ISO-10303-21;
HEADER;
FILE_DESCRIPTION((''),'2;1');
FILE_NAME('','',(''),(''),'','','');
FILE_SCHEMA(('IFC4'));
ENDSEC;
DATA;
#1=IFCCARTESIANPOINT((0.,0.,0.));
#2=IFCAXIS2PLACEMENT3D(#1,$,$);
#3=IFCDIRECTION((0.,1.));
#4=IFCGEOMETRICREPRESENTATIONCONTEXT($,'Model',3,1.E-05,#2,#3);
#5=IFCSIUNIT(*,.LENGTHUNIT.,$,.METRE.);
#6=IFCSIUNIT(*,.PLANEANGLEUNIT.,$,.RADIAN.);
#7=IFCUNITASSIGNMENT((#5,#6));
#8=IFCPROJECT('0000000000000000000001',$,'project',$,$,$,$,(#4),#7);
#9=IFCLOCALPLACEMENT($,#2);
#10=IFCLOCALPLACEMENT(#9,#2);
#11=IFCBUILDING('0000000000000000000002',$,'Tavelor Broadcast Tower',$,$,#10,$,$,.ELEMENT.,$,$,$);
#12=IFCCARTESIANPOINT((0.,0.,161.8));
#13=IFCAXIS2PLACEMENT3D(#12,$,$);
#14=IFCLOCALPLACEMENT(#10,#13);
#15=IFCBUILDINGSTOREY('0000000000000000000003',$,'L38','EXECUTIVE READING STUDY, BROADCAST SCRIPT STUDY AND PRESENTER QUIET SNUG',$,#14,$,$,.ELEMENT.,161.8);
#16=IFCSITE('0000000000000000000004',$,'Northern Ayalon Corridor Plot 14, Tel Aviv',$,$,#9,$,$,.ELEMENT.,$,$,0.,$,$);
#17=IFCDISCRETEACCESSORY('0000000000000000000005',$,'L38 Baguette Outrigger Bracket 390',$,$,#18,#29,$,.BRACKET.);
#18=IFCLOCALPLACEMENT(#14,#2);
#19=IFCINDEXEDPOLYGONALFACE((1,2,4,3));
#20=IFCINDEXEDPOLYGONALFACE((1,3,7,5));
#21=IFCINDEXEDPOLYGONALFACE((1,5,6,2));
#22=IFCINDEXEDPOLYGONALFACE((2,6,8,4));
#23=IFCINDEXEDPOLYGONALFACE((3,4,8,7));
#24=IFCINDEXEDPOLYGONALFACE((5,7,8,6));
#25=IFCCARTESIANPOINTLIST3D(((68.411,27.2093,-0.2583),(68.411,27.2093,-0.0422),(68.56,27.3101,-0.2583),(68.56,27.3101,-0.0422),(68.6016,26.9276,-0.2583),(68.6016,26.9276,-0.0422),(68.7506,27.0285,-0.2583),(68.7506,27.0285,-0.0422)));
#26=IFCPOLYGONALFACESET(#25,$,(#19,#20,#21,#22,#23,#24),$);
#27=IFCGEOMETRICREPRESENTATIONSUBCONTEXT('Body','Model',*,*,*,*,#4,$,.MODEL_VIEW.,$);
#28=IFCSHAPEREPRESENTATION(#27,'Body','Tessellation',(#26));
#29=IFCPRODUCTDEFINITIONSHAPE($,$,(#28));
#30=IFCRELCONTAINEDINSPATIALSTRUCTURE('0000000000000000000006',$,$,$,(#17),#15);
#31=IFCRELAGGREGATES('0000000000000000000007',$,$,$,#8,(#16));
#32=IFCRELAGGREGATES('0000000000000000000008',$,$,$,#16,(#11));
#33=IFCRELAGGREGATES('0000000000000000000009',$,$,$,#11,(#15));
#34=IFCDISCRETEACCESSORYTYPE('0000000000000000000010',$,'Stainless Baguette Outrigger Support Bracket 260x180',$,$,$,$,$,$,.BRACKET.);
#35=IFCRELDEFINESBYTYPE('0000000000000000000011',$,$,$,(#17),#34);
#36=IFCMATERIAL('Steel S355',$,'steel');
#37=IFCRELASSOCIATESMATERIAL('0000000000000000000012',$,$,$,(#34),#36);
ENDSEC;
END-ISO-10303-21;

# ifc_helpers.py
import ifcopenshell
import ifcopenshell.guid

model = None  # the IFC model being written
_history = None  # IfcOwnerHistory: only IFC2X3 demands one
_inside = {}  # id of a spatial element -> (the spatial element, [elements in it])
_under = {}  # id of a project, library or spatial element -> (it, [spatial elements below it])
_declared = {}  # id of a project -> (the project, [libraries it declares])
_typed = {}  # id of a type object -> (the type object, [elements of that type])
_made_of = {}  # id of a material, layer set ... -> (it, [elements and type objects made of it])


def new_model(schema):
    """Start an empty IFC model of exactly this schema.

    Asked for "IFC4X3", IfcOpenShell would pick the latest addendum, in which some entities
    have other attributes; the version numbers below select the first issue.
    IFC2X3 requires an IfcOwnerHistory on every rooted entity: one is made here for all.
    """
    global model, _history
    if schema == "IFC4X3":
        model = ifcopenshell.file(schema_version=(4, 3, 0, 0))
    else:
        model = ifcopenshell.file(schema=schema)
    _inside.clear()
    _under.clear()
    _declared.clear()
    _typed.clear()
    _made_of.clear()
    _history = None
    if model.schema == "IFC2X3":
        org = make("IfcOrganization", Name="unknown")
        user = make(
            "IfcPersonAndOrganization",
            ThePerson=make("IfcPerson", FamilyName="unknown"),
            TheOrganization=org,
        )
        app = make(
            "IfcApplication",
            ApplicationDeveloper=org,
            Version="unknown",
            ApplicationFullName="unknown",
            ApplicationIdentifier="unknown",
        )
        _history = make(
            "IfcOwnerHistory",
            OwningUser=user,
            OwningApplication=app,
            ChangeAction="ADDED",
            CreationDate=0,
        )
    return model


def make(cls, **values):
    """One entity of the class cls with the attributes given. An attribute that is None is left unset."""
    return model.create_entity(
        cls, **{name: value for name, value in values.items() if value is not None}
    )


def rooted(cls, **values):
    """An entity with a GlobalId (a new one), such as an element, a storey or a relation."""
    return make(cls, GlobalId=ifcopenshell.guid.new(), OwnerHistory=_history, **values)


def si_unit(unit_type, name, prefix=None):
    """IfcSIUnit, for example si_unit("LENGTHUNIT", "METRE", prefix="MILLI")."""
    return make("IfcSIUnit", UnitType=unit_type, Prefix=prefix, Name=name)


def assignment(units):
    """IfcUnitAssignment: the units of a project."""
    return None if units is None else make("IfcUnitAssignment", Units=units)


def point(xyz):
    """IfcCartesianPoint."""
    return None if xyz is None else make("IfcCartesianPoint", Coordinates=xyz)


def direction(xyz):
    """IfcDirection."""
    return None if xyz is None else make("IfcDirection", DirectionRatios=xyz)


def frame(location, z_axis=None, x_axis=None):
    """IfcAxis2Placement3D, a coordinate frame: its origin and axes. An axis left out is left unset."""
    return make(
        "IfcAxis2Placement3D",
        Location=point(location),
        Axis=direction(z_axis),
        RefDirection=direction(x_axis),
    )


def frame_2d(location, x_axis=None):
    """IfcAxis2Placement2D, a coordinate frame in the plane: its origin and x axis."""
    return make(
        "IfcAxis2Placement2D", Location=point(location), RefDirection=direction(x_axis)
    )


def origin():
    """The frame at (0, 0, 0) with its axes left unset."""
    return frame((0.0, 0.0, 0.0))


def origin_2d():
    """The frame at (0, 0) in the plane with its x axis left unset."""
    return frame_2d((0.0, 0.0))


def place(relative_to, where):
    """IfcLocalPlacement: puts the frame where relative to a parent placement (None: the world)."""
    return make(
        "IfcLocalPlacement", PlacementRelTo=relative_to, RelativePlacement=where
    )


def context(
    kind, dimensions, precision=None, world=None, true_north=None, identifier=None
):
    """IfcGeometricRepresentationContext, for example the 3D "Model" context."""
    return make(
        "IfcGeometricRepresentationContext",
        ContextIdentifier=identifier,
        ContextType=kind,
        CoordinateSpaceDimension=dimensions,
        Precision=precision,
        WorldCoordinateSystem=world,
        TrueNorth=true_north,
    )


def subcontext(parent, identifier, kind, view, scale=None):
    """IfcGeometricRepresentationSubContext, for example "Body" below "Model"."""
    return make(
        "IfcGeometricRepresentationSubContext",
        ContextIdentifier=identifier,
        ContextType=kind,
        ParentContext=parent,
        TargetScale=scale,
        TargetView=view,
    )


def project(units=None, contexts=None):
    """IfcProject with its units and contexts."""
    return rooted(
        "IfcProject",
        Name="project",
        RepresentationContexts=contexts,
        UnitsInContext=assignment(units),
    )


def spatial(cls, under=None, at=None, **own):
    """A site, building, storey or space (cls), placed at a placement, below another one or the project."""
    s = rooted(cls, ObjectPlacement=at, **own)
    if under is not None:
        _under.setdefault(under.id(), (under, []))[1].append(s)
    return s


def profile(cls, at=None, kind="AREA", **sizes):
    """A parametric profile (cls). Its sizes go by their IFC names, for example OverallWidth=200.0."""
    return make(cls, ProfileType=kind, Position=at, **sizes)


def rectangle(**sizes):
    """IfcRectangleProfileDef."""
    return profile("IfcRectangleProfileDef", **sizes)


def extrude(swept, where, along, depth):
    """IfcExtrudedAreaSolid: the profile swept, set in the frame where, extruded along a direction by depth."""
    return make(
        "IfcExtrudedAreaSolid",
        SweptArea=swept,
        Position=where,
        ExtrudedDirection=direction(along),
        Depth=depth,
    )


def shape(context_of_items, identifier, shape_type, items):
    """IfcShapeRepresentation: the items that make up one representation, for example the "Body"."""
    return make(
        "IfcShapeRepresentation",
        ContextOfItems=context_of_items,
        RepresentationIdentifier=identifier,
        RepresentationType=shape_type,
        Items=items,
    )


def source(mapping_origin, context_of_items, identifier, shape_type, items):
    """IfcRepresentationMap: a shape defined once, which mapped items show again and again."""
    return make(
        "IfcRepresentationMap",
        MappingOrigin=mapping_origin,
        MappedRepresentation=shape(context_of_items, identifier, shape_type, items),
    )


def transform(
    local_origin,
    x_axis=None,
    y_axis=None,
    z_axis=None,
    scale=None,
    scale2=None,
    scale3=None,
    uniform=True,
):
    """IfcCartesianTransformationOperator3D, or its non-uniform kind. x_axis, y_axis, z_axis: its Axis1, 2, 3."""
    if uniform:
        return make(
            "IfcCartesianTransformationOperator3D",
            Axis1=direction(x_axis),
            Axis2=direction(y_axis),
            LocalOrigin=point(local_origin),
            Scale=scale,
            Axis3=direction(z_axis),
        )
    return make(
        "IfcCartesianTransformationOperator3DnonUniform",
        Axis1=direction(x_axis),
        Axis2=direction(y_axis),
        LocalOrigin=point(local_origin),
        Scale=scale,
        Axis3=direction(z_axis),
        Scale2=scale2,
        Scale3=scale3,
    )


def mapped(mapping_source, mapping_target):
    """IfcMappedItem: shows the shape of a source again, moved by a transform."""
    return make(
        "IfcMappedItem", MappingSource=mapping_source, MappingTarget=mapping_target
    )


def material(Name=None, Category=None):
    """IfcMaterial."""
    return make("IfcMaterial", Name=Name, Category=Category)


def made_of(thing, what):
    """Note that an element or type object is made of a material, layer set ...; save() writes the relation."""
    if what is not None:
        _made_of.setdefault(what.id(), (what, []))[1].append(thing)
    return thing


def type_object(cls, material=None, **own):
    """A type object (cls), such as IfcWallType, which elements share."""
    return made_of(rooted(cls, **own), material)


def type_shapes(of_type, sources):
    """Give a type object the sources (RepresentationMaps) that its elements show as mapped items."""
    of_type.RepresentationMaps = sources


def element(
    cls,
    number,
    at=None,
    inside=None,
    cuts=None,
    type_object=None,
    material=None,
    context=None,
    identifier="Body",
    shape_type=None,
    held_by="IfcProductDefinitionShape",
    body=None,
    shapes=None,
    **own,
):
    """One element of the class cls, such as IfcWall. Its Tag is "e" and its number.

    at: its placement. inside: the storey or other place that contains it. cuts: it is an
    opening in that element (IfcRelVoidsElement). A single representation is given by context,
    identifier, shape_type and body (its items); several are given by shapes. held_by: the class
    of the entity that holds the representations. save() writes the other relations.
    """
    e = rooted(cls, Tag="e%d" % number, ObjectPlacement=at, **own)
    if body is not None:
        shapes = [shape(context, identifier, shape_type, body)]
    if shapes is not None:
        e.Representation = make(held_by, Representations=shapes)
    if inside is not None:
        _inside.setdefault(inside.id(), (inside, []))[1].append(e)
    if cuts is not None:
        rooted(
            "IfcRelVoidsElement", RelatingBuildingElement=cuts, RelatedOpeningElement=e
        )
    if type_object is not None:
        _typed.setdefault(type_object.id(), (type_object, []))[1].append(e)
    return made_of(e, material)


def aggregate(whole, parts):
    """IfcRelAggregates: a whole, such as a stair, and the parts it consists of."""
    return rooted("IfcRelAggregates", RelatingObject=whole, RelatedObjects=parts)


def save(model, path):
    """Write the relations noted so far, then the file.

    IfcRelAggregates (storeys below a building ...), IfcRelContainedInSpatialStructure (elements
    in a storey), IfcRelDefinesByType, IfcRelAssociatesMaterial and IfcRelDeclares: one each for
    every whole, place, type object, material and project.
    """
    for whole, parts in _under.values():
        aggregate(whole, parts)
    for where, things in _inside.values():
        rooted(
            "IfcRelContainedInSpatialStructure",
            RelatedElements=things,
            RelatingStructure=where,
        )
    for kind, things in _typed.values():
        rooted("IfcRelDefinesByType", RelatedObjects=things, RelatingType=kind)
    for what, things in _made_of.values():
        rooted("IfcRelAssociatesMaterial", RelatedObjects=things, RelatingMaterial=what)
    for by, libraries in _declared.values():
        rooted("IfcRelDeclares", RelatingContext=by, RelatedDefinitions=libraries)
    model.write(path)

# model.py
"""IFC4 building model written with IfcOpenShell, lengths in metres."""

from ifc_helpers import new_model, si_unit, direction, frame, origin, origin_2d, place, context, subcontext, project, spatial, rectangle, extrude, source, transform, mapped, material, type_object, type_shapes, element, save


model = new_model("IFC4")

# Units and contexts
model_context = context("Model", 3, precision=1e-05, world=origin(), true_north=direction((0.0, 1.0)))
body_context = subcontext(model_context, "Body", "Model", "MODEL_VIEW")
ifc_project = project(units=[si_unit("LENGTHUNIT", "METRE"), si_unit("PLANEANGLEUNIT", "RADIAN")], contexts=[model_context])

# Site, building, storey
site_placement = place(None, origin())
site = spatial("IfcSite", under=ifc_project, at=site_placement, Name="Northern Ayalon Corridor Plot 14, Tel Aviv", CompositionType="ELEMENT", RefElevation=0.0)
building_placement = place(site_placement, origin())
building = spatial("IfcBuilding", under=site, at=building_placement, Name="Tavelor Broadcast Tower", CompositionType="ELEMENT")
storey_placement = place(building_placement, frame((0.0, 0.0, 161.8)))
storey = spatial("IfcBuildingStorey", under=building, at=storey_placement, Name="L38", Description="EXECUTIVE READING STUDY, BROADCAST SCRIPT STUDY AND PRESENTER QUIET SNUG", CompositionType="ELEMENT", Elevation=161.8)

# Shared definitions
ifc_material_1 = material(Name="Steel S355", Category="steel")

# Discrete accessory
discrete_accessory_type = type_object("IfcDiscreteAccessoryType", Name="Stainless Baguette Outrigger Support Bracket 260x180", PredefinedType="BRACKET", material=ifc_material_1)
shared_shape_1 = source(origin(), body_context, "Body", "SweptSolid", [
    extrude(rectangle(XDim=0.1799, YDim=0.3401, at=origin_2d()), origin(), (0.0, 0.0, 1.0), 0.2161),
])
type_shapes(discrete_accessory_type, [shared_shape_1])
discrete_accessory_placement = place(storey_placement, frame((68.5808, 27.1189, -0.2583), z_axis=(0.0, 0.0, 1.0), x_axis=(0.828256, 0.56035, 0.0)))
element("IfcDiscreteAccessory", 1, at=discrete_accessory_placement, inside=storey, type_object=discrete_accessory_type, Name="L38 Baguette Outrigger Bracket 390", PredefinedType="BRACKET", context=body_context, shape_type="MappedRepresentation", body=[
    mapped(shared_shape_1, transform((0.0, 0.0, 0.0), scale=1.0)),
])

save(model, "model.ifc")
